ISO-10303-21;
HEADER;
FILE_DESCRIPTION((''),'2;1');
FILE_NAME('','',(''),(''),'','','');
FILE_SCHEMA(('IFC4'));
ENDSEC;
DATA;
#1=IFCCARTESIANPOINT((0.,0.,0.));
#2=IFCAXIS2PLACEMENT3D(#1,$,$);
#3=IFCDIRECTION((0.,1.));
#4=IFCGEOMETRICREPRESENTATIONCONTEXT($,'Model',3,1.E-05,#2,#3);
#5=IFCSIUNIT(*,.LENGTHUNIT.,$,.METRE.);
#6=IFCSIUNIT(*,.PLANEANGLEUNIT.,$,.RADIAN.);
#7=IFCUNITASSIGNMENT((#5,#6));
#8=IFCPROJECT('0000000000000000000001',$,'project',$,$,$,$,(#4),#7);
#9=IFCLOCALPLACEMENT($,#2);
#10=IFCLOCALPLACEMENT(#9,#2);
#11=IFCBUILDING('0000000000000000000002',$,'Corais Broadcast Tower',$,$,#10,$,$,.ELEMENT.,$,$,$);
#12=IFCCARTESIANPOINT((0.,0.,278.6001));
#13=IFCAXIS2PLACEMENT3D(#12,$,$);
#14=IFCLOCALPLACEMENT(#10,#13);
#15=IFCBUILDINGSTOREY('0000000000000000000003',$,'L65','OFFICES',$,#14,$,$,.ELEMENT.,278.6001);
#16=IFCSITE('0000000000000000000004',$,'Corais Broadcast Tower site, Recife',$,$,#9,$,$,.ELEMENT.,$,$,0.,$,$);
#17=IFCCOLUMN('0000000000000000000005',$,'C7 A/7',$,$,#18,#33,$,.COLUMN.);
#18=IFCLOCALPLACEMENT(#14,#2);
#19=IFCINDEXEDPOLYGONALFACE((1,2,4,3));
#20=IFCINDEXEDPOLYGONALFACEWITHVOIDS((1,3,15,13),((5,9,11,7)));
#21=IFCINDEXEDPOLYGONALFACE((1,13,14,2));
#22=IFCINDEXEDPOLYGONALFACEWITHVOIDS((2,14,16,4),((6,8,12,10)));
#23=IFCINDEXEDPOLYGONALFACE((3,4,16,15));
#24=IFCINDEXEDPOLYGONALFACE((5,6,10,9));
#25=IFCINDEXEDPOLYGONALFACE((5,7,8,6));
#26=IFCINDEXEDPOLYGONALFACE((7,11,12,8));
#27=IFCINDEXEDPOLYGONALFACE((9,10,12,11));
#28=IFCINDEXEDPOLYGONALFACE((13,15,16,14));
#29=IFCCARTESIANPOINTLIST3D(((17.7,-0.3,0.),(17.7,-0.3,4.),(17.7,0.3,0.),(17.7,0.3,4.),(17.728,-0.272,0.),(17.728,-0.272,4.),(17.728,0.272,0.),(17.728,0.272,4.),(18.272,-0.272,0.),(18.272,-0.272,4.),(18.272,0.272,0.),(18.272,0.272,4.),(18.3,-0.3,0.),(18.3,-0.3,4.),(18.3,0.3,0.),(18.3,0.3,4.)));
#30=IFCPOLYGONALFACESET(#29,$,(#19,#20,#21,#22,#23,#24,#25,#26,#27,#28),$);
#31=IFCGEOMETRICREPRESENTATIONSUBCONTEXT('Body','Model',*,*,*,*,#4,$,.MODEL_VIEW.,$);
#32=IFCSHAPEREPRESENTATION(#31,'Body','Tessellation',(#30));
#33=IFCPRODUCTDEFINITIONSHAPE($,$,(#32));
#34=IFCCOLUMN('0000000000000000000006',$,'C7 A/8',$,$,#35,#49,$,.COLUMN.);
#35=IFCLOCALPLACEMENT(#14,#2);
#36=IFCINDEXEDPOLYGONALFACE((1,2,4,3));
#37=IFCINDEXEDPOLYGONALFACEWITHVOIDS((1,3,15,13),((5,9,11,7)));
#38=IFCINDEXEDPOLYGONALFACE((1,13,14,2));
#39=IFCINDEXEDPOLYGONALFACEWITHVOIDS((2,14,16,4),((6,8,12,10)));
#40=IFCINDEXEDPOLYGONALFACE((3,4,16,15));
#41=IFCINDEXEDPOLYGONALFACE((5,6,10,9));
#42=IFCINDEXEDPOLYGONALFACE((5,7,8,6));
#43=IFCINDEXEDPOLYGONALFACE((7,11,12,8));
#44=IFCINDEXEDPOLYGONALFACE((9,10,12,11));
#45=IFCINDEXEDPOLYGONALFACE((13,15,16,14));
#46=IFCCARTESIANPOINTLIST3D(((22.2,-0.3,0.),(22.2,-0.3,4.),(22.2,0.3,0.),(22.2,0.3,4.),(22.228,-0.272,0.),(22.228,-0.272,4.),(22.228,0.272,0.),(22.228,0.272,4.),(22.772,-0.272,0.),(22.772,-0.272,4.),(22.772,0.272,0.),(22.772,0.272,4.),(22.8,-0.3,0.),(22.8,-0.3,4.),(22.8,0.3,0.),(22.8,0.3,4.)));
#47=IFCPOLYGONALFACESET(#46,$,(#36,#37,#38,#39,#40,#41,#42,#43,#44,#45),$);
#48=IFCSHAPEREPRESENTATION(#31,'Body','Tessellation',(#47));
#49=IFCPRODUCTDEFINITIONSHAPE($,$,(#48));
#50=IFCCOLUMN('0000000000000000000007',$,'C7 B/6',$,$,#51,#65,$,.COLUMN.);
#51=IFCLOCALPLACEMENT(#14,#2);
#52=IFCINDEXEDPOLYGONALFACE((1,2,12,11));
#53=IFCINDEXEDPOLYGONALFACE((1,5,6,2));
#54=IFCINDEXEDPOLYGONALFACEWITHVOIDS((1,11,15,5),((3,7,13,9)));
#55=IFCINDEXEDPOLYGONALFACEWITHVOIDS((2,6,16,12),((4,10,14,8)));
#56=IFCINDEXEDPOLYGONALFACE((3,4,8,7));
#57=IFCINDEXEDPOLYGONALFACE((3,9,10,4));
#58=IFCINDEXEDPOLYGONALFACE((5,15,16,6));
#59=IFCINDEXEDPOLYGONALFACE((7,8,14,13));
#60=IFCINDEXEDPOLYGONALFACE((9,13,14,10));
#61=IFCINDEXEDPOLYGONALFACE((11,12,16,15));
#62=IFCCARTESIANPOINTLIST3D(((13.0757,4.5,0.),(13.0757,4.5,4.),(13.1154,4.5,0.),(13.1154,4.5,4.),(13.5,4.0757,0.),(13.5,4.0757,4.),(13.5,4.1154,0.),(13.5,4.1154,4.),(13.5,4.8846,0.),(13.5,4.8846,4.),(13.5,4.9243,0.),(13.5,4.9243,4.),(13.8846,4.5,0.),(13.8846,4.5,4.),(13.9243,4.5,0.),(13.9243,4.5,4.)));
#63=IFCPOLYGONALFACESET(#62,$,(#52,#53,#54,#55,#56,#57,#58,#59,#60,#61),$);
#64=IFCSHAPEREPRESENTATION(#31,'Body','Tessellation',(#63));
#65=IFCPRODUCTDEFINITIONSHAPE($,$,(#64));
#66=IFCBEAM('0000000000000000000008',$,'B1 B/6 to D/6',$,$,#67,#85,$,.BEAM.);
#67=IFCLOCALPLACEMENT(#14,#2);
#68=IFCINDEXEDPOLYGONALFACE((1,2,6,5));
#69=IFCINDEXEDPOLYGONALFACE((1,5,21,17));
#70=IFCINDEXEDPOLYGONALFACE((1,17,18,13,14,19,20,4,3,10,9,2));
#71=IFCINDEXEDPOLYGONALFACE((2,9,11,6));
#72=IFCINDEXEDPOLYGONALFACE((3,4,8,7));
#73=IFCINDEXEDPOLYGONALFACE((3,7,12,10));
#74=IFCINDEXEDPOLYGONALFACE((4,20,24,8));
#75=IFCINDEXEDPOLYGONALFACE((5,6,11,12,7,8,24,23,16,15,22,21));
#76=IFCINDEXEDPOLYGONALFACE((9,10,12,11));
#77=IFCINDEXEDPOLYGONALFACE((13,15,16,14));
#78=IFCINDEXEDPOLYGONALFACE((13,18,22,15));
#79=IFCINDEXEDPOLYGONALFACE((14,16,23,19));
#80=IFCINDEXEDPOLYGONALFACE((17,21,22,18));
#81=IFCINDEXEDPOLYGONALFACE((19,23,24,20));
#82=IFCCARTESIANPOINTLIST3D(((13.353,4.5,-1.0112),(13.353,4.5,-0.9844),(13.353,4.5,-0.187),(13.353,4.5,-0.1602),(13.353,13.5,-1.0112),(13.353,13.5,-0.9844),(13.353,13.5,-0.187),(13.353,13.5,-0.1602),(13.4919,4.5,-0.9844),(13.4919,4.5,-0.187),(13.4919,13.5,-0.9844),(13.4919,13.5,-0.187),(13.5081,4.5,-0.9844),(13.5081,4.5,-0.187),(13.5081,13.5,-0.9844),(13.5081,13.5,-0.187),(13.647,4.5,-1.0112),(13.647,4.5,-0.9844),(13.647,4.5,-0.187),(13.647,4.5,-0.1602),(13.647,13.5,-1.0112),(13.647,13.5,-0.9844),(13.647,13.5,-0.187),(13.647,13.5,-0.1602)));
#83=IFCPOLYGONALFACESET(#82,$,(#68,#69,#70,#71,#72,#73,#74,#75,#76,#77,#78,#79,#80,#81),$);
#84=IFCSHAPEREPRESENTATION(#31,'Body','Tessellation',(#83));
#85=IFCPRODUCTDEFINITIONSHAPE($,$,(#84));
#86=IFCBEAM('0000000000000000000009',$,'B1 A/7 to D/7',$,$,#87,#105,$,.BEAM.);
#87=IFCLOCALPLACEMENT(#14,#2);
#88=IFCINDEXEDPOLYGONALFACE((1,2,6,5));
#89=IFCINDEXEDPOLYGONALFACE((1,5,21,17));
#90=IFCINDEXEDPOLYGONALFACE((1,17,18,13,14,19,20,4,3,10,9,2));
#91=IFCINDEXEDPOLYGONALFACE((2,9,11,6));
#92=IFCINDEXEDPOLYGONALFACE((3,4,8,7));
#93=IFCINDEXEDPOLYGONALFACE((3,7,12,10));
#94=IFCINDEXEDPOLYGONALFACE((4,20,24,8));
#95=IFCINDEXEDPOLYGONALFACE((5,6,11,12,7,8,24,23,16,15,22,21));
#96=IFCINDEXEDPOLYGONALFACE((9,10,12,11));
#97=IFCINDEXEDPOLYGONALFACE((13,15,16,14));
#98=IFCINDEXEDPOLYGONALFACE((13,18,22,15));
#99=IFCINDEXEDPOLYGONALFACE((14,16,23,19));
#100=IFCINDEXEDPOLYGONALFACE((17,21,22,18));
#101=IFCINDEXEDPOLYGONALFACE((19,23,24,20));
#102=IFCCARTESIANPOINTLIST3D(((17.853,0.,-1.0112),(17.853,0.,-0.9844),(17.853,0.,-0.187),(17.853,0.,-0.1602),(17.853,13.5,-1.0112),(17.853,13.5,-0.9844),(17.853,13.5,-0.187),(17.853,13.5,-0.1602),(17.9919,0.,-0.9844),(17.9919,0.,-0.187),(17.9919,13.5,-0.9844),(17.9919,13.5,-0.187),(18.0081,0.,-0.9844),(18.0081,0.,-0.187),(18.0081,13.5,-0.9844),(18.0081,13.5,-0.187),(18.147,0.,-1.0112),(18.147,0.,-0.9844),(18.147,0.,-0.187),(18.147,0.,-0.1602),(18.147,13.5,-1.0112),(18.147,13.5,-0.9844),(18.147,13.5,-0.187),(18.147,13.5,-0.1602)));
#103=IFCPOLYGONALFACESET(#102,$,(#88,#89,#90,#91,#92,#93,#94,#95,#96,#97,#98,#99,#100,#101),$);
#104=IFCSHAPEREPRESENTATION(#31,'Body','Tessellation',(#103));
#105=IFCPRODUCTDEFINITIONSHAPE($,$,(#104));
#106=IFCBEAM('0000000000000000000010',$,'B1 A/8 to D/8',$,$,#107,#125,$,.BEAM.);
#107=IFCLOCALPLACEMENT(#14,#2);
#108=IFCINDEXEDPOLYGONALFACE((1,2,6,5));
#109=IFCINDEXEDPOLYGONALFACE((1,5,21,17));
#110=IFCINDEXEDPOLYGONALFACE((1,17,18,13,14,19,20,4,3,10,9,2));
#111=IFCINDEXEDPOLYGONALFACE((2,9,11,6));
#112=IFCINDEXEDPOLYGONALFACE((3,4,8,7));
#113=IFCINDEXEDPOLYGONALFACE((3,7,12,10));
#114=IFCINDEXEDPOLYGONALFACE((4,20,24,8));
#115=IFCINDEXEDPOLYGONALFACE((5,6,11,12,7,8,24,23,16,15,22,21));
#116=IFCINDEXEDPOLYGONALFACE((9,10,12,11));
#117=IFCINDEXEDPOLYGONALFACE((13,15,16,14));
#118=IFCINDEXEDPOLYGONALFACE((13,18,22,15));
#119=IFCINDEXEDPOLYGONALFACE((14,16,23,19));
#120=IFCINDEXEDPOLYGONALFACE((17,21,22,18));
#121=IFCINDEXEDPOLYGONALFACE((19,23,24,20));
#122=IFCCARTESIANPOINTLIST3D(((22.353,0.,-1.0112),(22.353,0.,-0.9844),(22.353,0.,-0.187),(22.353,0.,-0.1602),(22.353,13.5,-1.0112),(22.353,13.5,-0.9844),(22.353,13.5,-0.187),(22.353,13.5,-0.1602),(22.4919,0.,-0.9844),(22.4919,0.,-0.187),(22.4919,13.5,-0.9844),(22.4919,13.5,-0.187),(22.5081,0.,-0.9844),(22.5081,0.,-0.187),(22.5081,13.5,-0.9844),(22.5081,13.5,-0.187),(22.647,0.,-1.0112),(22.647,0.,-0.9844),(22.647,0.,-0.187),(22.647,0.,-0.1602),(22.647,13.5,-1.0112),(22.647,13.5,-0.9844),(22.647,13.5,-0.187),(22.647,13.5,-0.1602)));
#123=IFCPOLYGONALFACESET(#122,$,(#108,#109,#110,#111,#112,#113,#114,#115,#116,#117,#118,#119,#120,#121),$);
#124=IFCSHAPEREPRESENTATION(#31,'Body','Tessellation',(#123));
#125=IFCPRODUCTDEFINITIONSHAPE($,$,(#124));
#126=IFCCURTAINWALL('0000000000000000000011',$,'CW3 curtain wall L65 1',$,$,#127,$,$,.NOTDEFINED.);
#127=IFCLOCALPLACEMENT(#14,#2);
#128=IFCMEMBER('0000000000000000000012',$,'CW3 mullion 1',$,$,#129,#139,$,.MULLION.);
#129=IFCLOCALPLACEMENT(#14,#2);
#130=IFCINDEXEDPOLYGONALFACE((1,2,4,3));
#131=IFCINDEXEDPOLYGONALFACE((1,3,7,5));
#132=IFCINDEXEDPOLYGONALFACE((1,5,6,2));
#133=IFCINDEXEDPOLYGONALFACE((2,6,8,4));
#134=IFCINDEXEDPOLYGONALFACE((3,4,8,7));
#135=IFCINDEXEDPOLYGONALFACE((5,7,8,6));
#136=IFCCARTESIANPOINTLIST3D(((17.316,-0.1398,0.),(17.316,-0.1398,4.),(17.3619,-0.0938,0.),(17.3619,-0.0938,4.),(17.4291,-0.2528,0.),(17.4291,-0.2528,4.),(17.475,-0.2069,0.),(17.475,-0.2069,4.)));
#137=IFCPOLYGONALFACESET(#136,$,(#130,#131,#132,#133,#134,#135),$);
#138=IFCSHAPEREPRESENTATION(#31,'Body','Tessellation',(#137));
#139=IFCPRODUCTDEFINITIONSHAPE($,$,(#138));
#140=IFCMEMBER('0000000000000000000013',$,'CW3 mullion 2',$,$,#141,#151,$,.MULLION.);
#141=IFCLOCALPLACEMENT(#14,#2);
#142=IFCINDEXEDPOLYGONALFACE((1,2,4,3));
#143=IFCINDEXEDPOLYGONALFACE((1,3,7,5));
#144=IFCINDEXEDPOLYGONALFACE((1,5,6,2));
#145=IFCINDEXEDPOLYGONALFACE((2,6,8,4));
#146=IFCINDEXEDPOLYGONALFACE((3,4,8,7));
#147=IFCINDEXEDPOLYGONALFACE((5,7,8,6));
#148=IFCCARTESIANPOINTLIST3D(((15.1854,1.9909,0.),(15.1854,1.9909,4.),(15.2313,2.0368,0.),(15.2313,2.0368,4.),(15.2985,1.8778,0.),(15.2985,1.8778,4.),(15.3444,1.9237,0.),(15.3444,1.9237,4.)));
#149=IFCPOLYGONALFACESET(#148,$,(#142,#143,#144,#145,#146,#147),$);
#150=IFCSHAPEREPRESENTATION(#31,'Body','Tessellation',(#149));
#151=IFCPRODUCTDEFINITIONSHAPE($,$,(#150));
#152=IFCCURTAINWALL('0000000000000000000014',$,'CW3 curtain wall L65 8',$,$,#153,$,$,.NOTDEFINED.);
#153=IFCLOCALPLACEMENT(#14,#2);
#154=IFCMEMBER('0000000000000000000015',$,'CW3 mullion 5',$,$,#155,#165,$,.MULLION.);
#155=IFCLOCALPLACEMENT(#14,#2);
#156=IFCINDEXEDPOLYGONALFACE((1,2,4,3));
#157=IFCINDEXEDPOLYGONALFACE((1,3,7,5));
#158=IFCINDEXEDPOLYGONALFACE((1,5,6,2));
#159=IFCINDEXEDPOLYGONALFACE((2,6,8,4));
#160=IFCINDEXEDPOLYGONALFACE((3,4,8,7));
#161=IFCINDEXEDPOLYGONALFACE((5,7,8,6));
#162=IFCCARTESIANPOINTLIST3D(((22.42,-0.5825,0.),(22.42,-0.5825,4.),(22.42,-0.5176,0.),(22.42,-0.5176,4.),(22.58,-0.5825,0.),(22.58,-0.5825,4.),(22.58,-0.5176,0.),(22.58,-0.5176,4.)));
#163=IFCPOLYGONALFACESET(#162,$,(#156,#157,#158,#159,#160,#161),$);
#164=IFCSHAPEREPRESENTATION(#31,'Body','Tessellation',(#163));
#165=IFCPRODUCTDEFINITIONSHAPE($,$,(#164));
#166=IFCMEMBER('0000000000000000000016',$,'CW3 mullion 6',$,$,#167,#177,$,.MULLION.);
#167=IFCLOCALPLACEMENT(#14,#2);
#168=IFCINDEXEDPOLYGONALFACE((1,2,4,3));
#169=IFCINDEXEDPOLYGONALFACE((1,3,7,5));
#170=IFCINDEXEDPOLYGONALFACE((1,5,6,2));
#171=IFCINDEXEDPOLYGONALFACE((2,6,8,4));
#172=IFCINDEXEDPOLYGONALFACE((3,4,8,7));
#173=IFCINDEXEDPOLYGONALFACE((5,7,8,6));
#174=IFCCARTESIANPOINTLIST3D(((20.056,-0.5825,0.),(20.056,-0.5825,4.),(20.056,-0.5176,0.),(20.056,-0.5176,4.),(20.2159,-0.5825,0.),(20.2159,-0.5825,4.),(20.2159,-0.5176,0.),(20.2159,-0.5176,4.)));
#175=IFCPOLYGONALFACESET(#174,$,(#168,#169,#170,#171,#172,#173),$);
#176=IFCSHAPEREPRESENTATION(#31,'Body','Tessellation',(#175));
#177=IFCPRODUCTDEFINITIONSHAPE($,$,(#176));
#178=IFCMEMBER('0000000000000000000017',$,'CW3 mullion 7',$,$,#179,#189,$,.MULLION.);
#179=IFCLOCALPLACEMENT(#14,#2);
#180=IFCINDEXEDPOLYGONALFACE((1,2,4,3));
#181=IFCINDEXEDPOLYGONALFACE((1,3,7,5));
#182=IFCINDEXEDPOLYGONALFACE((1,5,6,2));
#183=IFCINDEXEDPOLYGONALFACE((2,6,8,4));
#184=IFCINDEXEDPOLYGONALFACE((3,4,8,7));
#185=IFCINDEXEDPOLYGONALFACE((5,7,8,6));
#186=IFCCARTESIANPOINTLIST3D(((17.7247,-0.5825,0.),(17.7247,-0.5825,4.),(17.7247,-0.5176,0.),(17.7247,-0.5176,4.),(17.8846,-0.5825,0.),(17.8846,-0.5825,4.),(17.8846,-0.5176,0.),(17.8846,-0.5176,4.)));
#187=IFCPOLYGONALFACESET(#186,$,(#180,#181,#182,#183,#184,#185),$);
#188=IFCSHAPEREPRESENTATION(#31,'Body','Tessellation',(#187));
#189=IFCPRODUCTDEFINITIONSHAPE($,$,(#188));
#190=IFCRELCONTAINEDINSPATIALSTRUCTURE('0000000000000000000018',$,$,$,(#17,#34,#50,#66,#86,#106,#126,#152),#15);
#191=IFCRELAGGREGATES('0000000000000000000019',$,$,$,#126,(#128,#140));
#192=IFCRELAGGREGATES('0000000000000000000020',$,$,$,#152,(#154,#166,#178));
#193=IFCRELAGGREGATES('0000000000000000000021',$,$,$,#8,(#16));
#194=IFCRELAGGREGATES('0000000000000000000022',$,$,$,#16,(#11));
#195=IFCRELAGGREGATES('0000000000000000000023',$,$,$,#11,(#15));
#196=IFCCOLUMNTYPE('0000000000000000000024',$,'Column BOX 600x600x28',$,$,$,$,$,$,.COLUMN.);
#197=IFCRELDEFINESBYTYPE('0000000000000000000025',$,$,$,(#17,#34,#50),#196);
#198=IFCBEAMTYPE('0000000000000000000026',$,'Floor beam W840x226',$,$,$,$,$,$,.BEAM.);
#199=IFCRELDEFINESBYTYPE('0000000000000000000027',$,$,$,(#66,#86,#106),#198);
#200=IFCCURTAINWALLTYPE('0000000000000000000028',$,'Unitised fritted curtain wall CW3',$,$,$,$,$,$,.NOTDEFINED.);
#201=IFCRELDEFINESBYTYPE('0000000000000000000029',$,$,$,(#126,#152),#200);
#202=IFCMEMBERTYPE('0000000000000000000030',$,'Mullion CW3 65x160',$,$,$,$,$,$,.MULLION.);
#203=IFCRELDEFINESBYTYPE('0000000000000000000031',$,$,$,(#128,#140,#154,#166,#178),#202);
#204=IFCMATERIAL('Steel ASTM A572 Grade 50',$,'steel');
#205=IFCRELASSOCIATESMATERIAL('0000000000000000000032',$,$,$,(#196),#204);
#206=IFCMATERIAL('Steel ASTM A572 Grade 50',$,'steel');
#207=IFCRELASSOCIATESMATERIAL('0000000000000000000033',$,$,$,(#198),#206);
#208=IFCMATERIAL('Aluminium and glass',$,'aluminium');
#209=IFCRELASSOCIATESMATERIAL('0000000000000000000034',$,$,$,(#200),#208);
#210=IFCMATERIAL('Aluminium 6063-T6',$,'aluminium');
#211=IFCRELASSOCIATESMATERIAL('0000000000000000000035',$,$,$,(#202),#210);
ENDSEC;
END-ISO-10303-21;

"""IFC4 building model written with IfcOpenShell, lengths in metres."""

from ifc_helpers import new_model, si_unit, direction, frame, origin, origin_2d, place, context, subcontext, project, spatial, rectangle, hollow_rectangle, i_section, extrude, material, material_profile, profile_set, type_object, element, aggregate, save


model = new_model("IFC4")

# Units and contexts
model_context = context("Model", 3, precision=1e-05, world=origin(), true_north=direction((0.0, 1.0)))
body_context = subcontext(model_context, "Body", "Model", "MODEL_VIEW")
ifc_project = project(units=[si_unit("LENGTHUNIT", "METRE"), si_unit("PLANEANGLEUNIT", "RADIAN")], contexts=[model_context])

# Site, building, storey
site_placement = place(None, origin())
site = spatial("IfcSite", under=ifc_project, at=site_placement, Name="Corais Broadcast Tower site, Recife", CompositionType="ELEMENT", RefElevation=0.0)
building_placement = place(site_placement, origin())
building = spatial("IfcBuilding", under=site, at=building_placement, Name="Corais Broadcast Tower", CompositionType="ELEMENT")
storey_placement = place(building_placement, frame((0.0, 0.0, 278.6001)))
storey = spatial("IfcBuildingStorey", under=building, at=storey_placement, Name="L65", Description="OFFICES", CompositionType="ELEMENT", Elevation=278.6001)

# Columns
ifc_material_1 = material(Name="Steel ASTM A572 Grade 50", Category="steel")
ifc_material_profile_1 = material_profile(ifc_material_1, hollow_rectangle(XDim=0.6001, YDim=0.6001, WallThickness=0.0281, at=origin_2d()), Name="BOX 600x600x28")
ifc_profile_set_1 = profile_set([ifc_material_profile_1], Name="Steel ASTM A572 Grade 50")
column_type = type_object("IfcColumnType", Name="Column BOX 600x600x28", PredefinedType="COLUMN", material=ifc_profile_set_1)
for number, where, z_axis, x_axis, name in (
    (1, (18.0, 0.0, 0.0), (0.0, 0.0, 1.0), (1.0, 0.0, 0.0), "C7 A/7"),
    (2, (22.5, 0.0, 0.0), (0.0, 0.0, 1.0), (1.0, 0.0, 0.0), "C7 A/8"),
    (3, (13.5, 4.5, 0.0), (0.0, 0.0, 1.0), (0.707107, 0.707107, 0.0), "C7 B/6"),
):
    element("IfcColumn", number, at=place(storey_placement, frame(where, z_axis=z_axis, x_axis=x_axis)), inside=storey, type_object=column_type, Name=name, PredefinedType="COLUMN", context=body_context, shape_type="SweptSolid", body=[
        extrude(hollow_rectangle(XDim=0.6001, YDim=0.6001, WallThickness=0.0281, at=origin_2d()), origin(), (0.0, 0.0, 1.0), 4.0),
    ])

# Beams
ifc_material_2 = material(Name="Steel ASTM A572 Grade 50", Category="steel")
ifc_material_profile_2 = material_profile(ifc_material_2, i_section(OverallWidth=0.2939, OverallDepth=0.8511, WebThickness=0.0161, FlangeThickness=0.0269, at=origin_2d()), Name="W840x226")
ifc_profile_set_2 = profile_set([ifc_material_profile_2], Name="Steel ASTM A572 Grade 50")
beam_type_1 = type_object("IfcBeamType", Name="Floor beam W840x226", PredefinedType="BEAM", material=ifc_profile_set_2)
beam_1_placement = place(storey_placement, frame((13.5, 4.5, -0.5857), z_axis=(0.0, 1.0, 0.0), x_axis=(-1.0, 0.0, 0.0)))
element("IfcBeam", 4, at=beam_1_placement, inside=storey, type_object=beam_type_1, Name="B1 B/6 to D/6", PredefinedType="BEAM", context=body_context, shape_type="SweptSolid", body=[
    extrude(i_section(OverallWidth=0.2939, OverallDepth=0.8511, WebThickness=0.0161, FlangeThickness=0.0269, at=origin_2d()), origin(), (0.0, 0.0, 1.0), 9.0),
])
for number, where, z_axis, x_axis, name in (
    (5, (18.0, 0.0, -0.5857), (0.0, 1.0, 0.0), (-1.0, 0.0, 0.0), "B1 A/7 to D/7"),
    (6, (22.5, 0.0, -0.5857), (0.0, 1.0, 0.0), (-1.0, 0.0, 0.0), "B1 A/8 to D/8"),
):
    element("IfcBeam", number, at=place(storey_placement, frame(where, z_axis=z_axis, x_axis=x_axis)), inside=storey, type_object=beam_type_1, Name=name, PredefinedType="BEAM", context=body_context, shape_type="SweptSolid", body=[
        extrude(i_section(OverallWidth=0.2939, OverallDepth=0.8511, WebThickness=0.0161, FlangeThickness=0.0269, at=origin_2d()), origin(), (0.0, 0.0, 1.0), 13.5),
    ])

# Curtain walls, members
ifc_material_3 = material(Name="Aluminium and glass", Category="aluminium")
curtain_wall_type = type_object("IfcCurtainWallType", Name="Unitised fritted curtain wall CW3", PredefinedType="NOTDEFINED", material=ifc_material_3)
curtain_wall_1_placement = place(storey_placement, origin())
curtain_wall_1 = element("IfcCurtainWall", 7, at=curtain_wall_1_placement, inside=storey, type_object=curtain_wall_type, Name="CW3 curtain wall L65 1", PredefinedType="NOTDEFINED")
ifc_material_4 = material(Name="Aluminium 6063-T6", Category="aluminium")
ifc_material_profile_3 = material_profile(ifc_material_4, rectangle(XDim=0.0649, YDim=0.1599, at=origin_2d()), Name="Mullion CW3 65x160")
ifc_profile_set_3 = profile_set([ifc_material_profile_3], Name="Aluminium 6063-T6")
member_type_1 = type_object("IfcMemberType", Name="Mullion CW3 65x160", PredefinedType="MULLION", material=ifc_profile_set_3)
member_1_placement = place(storey_placement, frame((17.3955, -0.1733, 0.0), z_axis=(0.0, 0.0, 1.0), x_axis=(-0.707107, -0.707107, 0.0)))
member_1 = element("IfcMember", 8, at=member_1_placement, type_object=member_type_1, Name="CW3 mullion 1", PredefinedType="MULLION", context=body_context, shape_type="SweptSolid", body=[
    extrude(rectangle(XDim=0.0649, YDim=0.1599, at=origin_2d()), origin(), (0.0, 0.0, 1.0), 4.0),
])
member_2_placement = place(storey_placement, frame((15.2649, 1.9573, 0.0), z_axis=(0.0, 0.0, 1.0), x_axis=(-0.707107, -0.707107, 0.0)))
member_2 = element("IfcMember", 9, at=member_2_placement, type_object=member_type_1, Name="CW3 mullion 2", PredefinedType="MULLION", context=body_context, shape_type="SweptSolid", body=[
    extrude(rectangle(XDim=0.0649, YDim=0.1599, at=origin_2d()), origin(), (0.0, 0.0, 1.0), 4.0),
])
curtain_wall_2_placement = place(storey_placement, origin())
curtain_wall_2 = element("IfcCurtainWall", 10, at=curtain_wall_2_placement, inside=storey, type_object=curtain_wall_type, Name="CW3 curtain wall L65 8", PredefinedType="NOTDEFINED")
member_3_placement = place(storey_placement, frame((22.5, -0.55, 0.0), z_axis=(0.0, 0.0, 1.0), x_axis=(0.0, -1.0, 0.0)))
member_3 = element("IfcMember", 11, at=member_3_placement, type_object=member_type_1, Name="CW3 mullion 5", PredefinedType="MULLION", context=body_context, shape_type="SweptSolid", body=[
    extrude(rectangle(XDim=0.0649, YDim=0.1599, at=origin_2d()), origin(), (0.0, 0.0, 1.0), 4.0),
])
member_4_placement = place(storey_placement, frame((20.136, -0.55, 0.0), z_axis=(0.0, 0.0, 1.0), x_axis=(0.0, -1.0, 0.0)))
member_4 = element("IfcMember", 12, at=member_4_placement, type_object=member_type_1, Name="CW3 mullion 6", PredefinedType="MULLION", context=body_context, shape_type="SweptSolid", body=[
    extrude(rectangle(XDim=0.0649, YDim=0.1599, at=origin_2d()), origin(), (0.0, 0.0, 1.0), 4.0),
])
member_5_placement = place(storey_placement, frame((17.8047, -0.55, 0.0), z_axis=(0.0, 0.0, 1.0), x_axis=(0.0, -1.0, 0.0)))
member_5 = element("IfcMember", 13, at=member_5_placement, type_object=member_type_1, Name="CW3 mullion 7", PredefinedType="MULLION", context=body_context, shape_type="SweptSolid", body=[
    extrude(rectangle(XDim=0.0649, YDim=0.1599, at=origin_2d()), origin(), (0.0, 0.0, 1.0), 4.0),
])

aggregate(curtain_wall_1, [member_1, member_2])
aggregate(curtain_wall_2, [member_3, member_4, member_5])

save(model, "model.ifc")
